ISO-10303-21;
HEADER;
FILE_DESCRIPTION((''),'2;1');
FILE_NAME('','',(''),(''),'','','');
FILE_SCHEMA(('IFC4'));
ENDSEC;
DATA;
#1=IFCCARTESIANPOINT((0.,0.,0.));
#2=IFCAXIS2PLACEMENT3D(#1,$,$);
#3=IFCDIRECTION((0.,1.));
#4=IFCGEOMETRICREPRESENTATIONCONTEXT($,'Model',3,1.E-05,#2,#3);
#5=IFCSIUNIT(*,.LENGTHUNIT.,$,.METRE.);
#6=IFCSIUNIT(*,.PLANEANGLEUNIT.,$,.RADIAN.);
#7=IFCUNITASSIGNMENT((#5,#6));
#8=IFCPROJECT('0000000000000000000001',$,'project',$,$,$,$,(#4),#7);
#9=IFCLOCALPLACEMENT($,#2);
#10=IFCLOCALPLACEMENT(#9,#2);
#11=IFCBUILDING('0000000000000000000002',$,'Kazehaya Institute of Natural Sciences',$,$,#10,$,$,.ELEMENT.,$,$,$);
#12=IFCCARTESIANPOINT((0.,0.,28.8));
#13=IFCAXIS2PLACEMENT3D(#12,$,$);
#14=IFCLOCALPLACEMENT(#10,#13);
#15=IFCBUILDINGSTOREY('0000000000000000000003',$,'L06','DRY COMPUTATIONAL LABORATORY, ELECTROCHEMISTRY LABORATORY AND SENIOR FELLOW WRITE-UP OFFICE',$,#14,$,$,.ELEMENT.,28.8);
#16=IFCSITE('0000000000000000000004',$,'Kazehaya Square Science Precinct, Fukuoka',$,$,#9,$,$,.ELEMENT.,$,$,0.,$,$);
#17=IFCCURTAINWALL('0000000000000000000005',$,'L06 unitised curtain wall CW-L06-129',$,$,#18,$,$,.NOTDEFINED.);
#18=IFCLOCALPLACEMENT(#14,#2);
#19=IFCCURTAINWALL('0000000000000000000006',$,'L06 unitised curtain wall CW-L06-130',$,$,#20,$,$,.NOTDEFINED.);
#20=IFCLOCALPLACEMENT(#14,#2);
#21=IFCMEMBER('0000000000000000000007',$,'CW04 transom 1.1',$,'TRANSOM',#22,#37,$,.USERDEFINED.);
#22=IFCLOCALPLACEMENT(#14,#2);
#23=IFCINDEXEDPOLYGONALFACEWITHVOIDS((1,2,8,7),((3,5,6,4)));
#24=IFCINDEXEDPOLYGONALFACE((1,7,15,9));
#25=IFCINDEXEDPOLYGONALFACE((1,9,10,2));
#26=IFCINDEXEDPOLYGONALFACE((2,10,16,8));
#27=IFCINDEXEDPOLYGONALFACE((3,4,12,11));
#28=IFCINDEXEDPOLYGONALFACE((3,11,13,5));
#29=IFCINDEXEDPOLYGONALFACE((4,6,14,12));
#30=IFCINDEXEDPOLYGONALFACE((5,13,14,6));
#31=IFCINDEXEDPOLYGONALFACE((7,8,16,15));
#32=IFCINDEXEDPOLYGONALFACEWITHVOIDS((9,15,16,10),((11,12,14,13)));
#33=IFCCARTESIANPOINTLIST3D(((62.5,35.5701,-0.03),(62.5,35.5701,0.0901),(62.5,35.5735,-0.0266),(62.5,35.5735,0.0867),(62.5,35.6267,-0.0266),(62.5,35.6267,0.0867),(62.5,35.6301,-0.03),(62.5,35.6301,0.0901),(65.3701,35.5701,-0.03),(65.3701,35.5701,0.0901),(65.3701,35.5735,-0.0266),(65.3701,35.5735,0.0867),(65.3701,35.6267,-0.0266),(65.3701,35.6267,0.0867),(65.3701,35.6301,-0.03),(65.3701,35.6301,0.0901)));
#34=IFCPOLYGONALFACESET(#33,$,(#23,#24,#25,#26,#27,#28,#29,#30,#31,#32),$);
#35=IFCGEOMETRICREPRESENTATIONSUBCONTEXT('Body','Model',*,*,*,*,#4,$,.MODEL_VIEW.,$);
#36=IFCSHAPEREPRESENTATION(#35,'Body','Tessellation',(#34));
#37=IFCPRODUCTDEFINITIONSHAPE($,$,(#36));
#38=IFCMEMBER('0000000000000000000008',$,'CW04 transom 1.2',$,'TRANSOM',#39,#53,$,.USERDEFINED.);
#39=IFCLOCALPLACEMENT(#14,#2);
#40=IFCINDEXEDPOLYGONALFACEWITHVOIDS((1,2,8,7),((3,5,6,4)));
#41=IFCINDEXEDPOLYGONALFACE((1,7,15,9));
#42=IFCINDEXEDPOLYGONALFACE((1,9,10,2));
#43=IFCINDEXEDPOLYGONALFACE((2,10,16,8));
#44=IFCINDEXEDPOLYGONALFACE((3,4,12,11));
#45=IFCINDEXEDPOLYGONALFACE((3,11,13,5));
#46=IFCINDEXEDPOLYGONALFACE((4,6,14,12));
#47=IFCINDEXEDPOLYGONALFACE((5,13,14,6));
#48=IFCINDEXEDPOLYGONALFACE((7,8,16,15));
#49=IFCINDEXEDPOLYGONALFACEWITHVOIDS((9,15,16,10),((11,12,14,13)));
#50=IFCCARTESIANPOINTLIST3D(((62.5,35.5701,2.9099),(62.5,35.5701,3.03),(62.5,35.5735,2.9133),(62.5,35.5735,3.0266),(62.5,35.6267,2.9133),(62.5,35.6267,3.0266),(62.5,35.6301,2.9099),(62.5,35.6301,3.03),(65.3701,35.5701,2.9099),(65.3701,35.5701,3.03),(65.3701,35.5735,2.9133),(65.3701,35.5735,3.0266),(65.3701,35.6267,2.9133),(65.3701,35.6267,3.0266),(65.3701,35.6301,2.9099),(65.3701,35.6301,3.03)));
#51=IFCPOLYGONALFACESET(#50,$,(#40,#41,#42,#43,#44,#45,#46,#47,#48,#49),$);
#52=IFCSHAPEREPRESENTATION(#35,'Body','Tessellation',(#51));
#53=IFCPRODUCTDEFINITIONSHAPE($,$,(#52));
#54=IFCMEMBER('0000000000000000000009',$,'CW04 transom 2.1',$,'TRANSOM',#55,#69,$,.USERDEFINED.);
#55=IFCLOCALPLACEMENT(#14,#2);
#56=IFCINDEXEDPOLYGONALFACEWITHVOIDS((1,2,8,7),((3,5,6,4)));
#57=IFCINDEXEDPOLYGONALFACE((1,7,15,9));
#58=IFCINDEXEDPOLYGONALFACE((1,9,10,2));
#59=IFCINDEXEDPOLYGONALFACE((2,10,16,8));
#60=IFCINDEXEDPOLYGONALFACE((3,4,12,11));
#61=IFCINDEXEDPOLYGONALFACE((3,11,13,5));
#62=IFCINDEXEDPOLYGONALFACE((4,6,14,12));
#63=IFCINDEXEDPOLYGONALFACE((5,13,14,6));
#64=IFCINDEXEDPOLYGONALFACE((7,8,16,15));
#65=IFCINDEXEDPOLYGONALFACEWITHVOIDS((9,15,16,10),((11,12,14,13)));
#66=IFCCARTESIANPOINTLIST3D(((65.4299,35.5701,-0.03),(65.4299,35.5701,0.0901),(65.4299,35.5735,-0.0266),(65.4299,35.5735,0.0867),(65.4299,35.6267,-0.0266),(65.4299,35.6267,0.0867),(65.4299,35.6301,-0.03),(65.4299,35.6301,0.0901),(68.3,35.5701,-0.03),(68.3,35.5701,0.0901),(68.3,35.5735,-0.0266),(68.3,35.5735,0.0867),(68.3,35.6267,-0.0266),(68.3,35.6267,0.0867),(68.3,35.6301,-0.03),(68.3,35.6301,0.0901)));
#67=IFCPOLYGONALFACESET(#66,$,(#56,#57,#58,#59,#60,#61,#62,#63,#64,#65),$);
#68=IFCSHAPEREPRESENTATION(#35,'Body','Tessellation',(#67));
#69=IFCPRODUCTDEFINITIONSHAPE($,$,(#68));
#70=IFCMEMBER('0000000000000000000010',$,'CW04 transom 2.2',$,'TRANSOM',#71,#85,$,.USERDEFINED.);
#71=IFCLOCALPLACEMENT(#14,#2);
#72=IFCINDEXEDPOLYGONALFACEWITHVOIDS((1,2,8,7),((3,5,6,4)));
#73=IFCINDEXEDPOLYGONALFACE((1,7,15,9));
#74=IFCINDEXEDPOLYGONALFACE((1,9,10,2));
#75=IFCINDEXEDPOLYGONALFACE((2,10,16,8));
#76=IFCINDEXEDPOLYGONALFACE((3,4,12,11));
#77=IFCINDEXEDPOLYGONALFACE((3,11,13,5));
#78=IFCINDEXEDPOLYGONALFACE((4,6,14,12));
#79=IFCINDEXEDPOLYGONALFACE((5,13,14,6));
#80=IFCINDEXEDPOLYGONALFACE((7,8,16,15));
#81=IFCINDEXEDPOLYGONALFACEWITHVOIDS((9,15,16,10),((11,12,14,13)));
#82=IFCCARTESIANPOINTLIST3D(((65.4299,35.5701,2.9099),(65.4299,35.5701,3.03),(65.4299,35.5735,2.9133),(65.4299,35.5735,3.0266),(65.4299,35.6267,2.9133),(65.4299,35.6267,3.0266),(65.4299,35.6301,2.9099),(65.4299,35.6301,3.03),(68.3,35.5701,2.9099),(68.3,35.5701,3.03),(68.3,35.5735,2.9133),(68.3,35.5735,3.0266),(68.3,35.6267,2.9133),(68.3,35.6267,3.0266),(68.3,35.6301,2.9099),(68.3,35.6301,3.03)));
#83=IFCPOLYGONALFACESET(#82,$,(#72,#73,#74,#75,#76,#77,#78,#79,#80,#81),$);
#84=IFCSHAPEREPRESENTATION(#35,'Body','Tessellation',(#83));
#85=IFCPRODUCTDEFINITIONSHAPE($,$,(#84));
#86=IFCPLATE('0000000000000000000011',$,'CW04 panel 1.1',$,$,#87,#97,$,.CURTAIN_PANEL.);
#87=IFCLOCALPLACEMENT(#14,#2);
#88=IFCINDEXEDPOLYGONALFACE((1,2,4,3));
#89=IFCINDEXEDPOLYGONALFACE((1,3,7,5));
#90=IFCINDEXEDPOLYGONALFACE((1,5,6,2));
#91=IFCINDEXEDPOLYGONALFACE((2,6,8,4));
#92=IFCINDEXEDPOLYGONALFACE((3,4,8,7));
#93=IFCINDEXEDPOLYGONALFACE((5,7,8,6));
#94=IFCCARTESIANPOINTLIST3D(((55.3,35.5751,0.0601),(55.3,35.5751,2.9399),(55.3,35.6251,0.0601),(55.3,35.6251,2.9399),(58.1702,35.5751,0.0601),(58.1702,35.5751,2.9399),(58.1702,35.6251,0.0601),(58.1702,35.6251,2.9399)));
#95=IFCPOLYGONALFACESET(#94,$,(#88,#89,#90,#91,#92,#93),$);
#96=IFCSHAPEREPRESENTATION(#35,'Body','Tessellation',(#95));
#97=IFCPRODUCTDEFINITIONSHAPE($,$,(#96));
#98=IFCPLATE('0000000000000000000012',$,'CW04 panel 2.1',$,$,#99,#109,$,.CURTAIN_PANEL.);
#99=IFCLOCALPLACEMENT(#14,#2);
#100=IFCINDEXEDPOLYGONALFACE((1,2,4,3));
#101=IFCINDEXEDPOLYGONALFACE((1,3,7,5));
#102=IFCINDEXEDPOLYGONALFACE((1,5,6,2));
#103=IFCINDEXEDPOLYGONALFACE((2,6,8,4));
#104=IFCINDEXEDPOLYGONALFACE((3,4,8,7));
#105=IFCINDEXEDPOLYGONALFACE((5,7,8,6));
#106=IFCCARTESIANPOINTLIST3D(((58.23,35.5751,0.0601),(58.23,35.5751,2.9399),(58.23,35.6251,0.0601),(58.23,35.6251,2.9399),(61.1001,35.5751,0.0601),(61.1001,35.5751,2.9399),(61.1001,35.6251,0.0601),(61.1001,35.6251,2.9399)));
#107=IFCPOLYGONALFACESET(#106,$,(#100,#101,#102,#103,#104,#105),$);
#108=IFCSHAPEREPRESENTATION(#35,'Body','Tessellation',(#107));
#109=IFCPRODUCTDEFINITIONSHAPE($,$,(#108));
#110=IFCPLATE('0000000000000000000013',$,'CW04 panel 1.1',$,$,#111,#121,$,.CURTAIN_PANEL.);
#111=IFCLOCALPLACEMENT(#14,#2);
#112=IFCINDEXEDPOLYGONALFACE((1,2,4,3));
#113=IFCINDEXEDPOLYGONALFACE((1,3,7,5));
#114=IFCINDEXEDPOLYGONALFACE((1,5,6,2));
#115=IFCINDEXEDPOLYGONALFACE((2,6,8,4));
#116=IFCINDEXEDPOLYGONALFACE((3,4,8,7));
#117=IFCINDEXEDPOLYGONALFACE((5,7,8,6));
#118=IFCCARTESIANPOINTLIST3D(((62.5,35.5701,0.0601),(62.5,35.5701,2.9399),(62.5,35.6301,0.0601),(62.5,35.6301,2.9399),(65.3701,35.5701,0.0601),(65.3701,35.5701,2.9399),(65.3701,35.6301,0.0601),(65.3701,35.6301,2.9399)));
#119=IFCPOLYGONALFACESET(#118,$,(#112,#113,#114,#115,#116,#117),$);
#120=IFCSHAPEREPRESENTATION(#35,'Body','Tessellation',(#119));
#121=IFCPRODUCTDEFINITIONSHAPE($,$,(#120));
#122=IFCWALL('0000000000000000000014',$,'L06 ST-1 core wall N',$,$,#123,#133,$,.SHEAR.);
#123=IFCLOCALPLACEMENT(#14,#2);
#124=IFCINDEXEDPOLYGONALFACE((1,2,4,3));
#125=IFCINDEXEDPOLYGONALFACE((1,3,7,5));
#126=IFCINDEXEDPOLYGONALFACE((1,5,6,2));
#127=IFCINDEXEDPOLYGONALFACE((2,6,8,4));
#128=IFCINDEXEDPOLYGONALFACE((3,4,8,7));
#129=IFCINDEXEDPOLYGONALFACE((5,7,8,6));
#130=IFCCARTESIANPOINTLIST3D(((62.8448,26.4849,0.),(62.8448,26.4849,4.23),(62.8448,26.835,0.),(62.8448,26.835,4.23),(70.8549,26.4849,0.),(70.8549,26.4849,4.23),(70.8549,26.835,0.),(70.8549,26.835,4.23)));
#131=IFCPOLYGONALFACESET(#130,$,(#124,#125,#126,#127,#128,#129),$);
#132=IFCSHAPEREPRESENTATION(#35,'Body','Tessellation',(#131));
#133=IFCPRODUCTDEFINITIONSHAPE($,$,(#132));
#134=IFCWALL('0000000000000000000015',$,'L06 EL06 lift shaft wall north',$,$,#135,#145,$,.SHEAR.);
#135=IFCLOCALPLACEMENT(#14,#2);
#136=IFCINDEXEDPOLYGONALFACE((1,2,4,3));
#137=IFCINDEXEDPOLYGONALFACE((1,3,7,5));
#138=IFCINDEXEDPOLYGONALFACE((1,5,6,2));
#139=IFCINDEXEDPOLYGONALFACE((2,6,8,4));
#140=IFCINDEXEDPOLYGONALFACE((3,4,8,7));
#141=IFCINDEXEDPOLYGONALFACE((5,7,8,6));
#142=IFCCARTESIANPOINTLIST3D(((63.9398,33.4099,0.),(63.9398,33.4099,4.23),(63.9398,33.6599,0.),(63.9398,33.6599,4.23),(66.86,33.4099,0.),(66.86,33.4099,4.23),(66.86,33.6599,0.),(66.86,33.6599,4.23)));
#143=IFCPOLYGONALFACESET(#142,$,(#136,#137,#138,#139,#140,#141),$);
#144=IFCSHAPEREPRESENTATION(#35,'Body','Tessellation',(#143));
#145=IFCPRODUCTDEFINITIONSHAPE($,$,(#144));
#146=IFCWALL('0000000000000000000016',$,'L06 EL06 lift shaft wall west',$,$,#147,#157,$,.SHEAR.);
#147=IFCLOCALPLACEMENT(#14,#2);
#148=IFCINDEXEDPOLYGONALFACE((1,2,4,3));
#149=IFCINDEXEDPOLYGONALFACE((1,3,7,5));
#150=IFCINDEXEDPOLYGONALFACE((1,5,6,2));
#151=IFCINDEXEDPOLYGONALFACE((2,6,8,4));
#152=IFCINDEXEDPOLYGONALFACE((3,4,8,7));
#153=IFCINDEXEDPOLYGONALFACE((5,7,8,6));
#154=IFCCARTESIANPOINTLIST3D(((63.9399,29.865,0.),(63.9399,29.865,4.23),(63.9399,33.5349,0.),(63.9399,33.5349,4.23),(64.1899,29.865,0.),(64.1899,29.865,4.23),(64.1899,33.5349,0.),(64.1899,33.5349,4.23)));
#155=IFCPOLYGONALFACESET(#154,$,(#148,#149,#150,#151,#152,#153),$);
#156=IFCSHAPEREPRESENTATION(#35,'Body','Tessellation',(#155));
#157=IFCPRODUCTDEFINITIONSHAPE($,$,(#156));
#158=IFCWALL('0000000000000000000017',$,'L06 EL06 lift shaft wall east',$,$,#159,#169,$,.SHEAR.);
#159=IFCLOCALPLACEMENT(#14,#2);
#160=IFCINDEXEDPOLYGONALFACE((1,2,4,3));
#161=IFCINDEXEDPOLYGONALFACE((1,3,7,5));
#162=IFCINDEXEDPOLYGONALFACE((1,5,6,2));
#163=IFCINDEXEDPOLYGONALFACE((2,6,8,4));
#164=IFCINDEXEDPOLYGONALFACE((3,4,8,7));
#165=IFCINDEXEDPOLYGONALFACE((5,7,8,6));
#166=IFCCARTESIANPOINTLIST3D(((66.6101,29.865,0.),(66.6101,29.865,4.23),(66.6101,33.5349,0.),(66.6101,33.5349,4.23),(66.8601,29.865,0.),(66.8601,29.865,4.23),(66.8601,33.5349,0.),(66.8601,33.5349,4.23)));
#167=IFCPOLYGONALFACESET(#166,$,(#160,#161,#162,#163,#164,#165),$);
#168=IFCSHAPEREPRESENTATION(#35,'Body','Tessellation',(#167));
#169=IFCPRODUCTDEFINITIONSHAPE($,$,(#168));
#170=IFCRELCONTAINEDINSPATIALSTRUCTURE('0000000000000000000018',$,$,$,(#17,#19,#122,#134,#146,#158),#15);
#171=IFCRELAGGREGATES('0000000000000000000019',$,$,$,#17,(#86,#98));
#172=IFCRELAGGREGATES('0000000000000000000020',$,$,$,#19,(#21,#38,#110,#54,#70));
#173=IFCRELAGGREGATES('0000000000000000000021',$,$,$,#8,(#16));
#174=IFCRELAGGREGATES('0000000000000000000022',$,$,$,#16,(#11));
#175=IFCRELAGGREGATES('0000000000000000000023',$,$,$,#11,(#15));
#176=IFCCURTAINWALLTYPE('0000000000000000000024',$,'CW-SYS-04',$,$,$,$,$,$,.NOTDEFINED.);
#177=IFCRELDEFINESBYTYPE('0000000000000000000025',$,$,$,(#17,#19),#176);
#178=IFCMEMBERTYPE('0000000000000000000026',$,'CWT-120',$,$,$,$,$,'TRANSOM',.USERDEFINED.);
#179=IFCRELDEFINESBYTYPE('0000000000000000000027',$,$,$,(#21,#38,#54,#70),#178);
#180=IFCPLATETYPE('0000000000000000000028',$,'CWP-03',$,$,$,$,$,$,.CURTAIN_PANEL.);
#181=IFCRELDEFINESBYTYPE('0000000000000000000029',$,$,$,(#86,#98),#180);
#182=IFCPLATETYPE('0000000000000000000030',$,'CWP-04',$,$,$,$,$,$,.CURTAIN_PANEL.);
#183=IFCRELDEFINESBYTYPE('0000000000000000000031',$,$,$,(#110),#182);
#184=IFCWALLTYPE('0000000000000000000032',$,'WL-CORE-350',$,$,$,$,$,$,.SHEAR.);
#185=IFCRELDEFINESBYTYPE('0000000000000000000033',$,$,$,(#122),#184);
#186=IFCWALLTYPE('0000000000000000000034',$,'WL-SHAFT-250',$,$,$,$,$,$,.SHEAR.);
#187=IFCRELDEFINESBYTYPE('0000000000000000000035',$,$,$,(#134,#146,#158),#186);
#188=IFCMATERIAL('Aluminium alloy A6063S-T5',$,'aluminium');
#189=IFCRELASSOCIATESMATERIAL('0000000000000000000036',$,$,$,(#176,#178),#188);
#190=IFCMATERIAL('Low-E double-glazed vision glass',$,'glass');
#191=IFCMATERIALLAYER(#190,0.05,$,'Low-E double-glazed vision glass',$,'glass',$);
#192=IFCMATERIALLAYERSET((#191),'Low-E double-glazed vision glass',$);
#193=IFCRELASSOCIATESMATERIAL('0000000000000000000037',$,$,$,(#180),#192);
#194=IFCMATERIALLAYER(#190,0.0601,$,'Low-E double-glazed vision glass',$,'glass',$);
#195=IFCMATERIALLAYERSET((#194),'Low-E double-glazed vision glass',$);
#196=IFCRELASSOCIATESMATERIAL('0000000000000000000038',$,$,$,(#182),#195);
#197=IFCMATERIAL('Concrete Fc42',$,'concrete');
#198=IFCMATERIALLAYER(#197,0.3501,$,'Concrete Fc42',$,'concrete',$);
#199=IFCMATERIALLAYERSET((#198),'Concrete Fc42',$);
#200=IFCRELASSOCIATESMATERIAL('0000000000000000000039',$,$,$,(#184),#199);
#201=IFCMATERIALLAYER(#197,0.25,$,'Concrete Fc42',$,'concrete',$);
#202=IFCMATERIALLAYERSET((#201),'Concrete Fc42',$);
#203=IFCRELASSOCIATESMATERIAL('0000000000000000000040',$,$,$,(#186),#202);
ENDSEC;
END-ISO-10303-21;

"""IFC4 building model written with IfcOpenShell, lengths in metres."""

from ifc_helpers import new_model, si_unit, direction, frame, frame_2d, origin, origin_2d, place, context, subcontext, project, spatial, rectangle, hollow_rectangle, extrude, material, layer, layer_set, material_profile, profile_set, type_object, element, aggregate, save


model = new_model("IFC4")

# Units and contexts
model_context = context("Model", 3, precision=1e-05, world=origin(), true_north=direction((0.0, 1.0)))
body_context = subcontext(model_context, "Body", "Model", "MODEL_VIEW")
ifc_project = project(units=[si_unit("LENGTHUNIT", "METRE"), si_unit("PLANEANGLEUNIT", "RADIAN")], contexts=[model_context])

# Site, building, storey
site_placement = place(None, origin())
site = spatial("IfcSite", under=ifc_project, at=site_placement, Name="Kazehaya Square Science Precinct, Fukuoka", CompositionType="ELEMENT", RefElevation=0.0)
building_placement = place(site_placement, origin())
building = spatial("IfcBuilding", under=site, at=building_placement, Name="Kazehaya Institute of Natural Sciences", CompositionType="ELEMENT")
storey_placement = place(building_placement, frame((0.0, 0.0, 28.8)))
storey = spatial("IfcBuildingStorey", under=building, at=storey_placement, Name="L06", Description="DRY COMPUTATIONAL LABORATORY, ELECTROCHEMISTRY LABORATORY AND SENIOR FELLOW WRITE-UP OFFICE", CompositionType="ELEMENT", Elevation=28.8)

# Curtain walls
ifc_material_1 = material(Name="Aluminium alloy A6063S-T5", Category="aluminium")
curtain_wall_type = type_object("IfcCurtainWallType", Name="CW-SYS-04", PredefinedType="NOTDEFINED", material=ifc_material_1)
curtain_wall_1_placement = place(storey_placement, origin())
curtain_wall_1 = element("IfcCurtainWall", 1, at=curtain_wall_1_placement, inside=storey, type_object=curtain_wall_type, Name="L06 unitised curtain wall CW-L06-129", PredefinedType="NOTDEFINED")
curtain_wall_2_placement = place(storey_placement, origin())
curtain_wall_2 = element("IfcCurtainWall", 2, at=curtain_wall_2_placement, inside=storey, type_object=curtain_wall_type, Name="L06 unitised curtain wall CW-L06-130", PredefinedType="NOTDEFINED")

# Members
ifc_material_profile_1 = material_profile(ifc_material_1, hollow_rectangle(XDim=0.0601, YDim=0.1201, WallThickness=0.0034, at=origin_2d()), Name="ALU-60x120x3.5")
ifc_profile_set_1 = profile_set([ifc_material_profile_1], Name="Aluminium alloy A6063S-T5")
member_type_1 = type_object("IfcMemberType", Name="CWT-120", ElementType="TRANSOM", PredefinedType="USERDEFINED", material=ifc_profile_set_1)
member_1_placement = place(storey_placement, frame((62.5, 35.6001, 0.03), z_axis=(1.0, 0.0, 0.0), x_axis=(0.0, 1.0, 0.0)))
member_1 = element("IfcMember", 3, at=member_1_placement, type_object=member_type_1, Name="CW04 transom 1.1", ObjectType="TRANSOM", PredefinedType="USERDEFINED", context=body_context, shape_type="SweptSolid", body=[
    extrude(hollow_rectangle(XDim=0.0601, YDim=0.1201, WallThickness=0.0034, at=origin_2d()), origin(), (0.0, 0.0, 1.0), 2.8701),
])
member_2_placement = place(storey_placement, frame((62.5, 35.6001, 2.97), z_axis=(1.0, 0.0, 0.0), x_axis=(0.0, 1.0, 0.0)))
member_2 = element("IfcMember", 4, at=member_2_placement, type_object=member_type_1, Name="CW04 transom 1.2", ObjectType="TRANSOM", PredefinedType="USERDEFINED", context=body_context, shape_type="SweptSolid", body=[
    extrude(hollow_rectangle(XDim=0.0601, YDim=0.1201, WallThickness=0.0034, at=origin_2d()), origin(), (0.0, 0.0, 1.0), 2.8701),
])
member_3_placement = place(storey_placement, frame((65.4299, 35.6001, 0.03), z_axis=(1.0, 0.0, 0.0), x_axis=(0.0, 1.0, 0.0)))
member_3 = element("IfcMember", 5, at=member_3_placement, type_object=member_type_1, Name="CW04 transom 2.1", ObjectType="TRANSOM", PredefinedType="USERDEFINED", context=body_context, shape_type="SweptSolid", body=[
    extrude(hollow_rectangle(XDim=0.0601, YDim=0.1201, WallThickness=0.0034, at=origin_2d()), origin(), (0.0, 0.0, 1.0), 2.8701),
])
member_4_placement = place(storey_placement, frame((65.4299, 35.6001, 2.97), z_axis=(1.0, 0.0, 0.0), x_axis=(0.0, 1.0, 0.0)))
member_4 = element("IfcMember", 6, at=member_4_placement, type_object=member_type_1, Name="CW04 transom 2.2", ObjectType="TRANSOM", PredefinedType="USERDEFINED", context=body_context, shape_type="SweptSolid", body=[
    extrude(hollow_rectangle(XDim=0.0601, YDim=0.1201, WallThickness=0.0034, at=origin_2d()), origin(), (0.0, 0.0, 1.0), 2.8701),
])

# Plates
ifc_material_2 = material(Name="Low-E double-glazed vision glass", Category="glass")
ifc_layer_1 = layer(ifc_material_2, 0.05, Name="Low-E double-glazed vision glass", Category="glass")
ifc_layer_set_1 = layer_set([ifc_layer_1], Name="Low-E double-glazed vision glass")
plate_type_1 = type_object("IfcPlateType", Name="CWP-03", PredefinedType="CURTAIN_PANEL", material=ifc_layer_set_1)
plate_1_placement = place(storey_placement, frame((56.7351, 35.6001, 0.0601), z_axis=(0.0, 0.0, 1.0), x_axis=(1.0, 0.0, 0.0)))
plate_1 = element("IfcPlate", 7, at=plate_1_placement, type_object=plate_type_1, Name="CW04 panel 1.1", PredefinedType="CURTAIN_PANEL", context=body_context, shape_type="SweptSolid", body=[
    extrude(rectangle(XDim=2.8701, YDim=0.05, at=origin_2d()), origin(), (0.0, 0.0, 1.0), 2.8799),
])
plate_2_placement = place(storey_placement, frame((59.665, 35.6001, 0.0601), z_axis=(0.0, 0.0, 1.0), x_axis=(1.0, 0.0, 0.0)))
plate_2 = element("IfcPlate", 8, at=plate_2_placement, type_object=plate_type_1, Name="CW04 panel 2.1", PredefinedType="CURTAIN_PANEL", context=body_context, shape_type="SweptSolid", body=[
    extrude(rectangle(XDim=2.8701, YDim=0.05, at=origin_2d()), origin(), (0.0, 0.0, 1.0), 2.8799),
])
aggregate(curtain_wall_1, [plate_1, plate_2])
ifc_layer_2 = layer(ifc_material_2, 0.0601, Name="Low-E double-glazed vision glass", Category="glass")
ifc_layer_set_2 = layer_set([ifc_layer_2], Name="Low-E double-glazed vision glass")
plate_type_2 = type_object("IfcPlateType", Name="CWP-04", PredefinedType="CURTAIN_PANEL", material=ifc_layer_set_2)
plate_3_placement = place(storey_placement, frame((63.9351, 35.6001, 0.0601), z_axis=(0.0, 0.0, 1.0), x_axis=(1.0, 0.0, 0.0)))
plate_3 = element("IfcPlate", 9, at=plate_3_placement, type_object=plate_type_2, Name="CW04 panel 1.1", PredefinedType="CURTAIN_PANEL", context=body_context, shape_type="SweptSolid", body=[
    extrude(rectangle(XDim=2.8701, YDim=0.0601, at=origin_2d()), origin(), (0.0, 0.0, 1.0), 2.8799),
])
aggregate(curtain_wall_2, [member_1, member_2, plate_3, member_3, member_4])

# Wall
ifc_material_3 = material(Name="Concrete Fc42", Category="concrete")
ifc_layer_3 = layer(ifc_material_3, 0.3501, Name="Concrete Fc42", Category="concrete")
ifc_layer_set_3 = layer_set([ifc_layer_3], Name="Concrete Fc42")
wall_type_1 = type_object("IfcWallType", Name="WL-CORE-350", PredefinedType="SHEAR", material=ifc_layer_set_3)
wall_1_placement = place(storey_placement, frame((62.845, 26.6599, 0.0), z_axis=(0.0, 0.0, 1.0), x_axis=(1.0, 0.0, 0.0)))
element("IfcWall", 10, at=wall_1_placement, inside=storey, type_object=wall_type_1, Name="L06 ST-1 core wall N", PredefinedType="SHEAR", context=body_context, shape_type="SweptSolid", body=[
    extrude(rectangle(XDim=8.01, YDim=0.3501, at=frame_2d((4.0049, 0.0))), origin(), (0.0, 0.0, 1.0), 4.23),
])

# Shared definitions
ifc_layer_4 = layer(ifc_material_3, 0.25, Name="Concrete Fc42", Category="concrete")
ifc_layer_set_4 = layer_set([ifc_layer_4], Name="Concrete Fc42")
wall_type_2 = type_object("IfcWallType", Name="WL-SHAFT-250", PredefinedType="SHEAR", material=ifc_layer_set_4)

# Walls
wall_2_placement = place(storey_placement, frame((63.9399, 33.5349, 0.0), z_axis=(0.0, 0.0, 1.0), x_axis=(1.0, 0.0, 0.0)))
element("IfcWall", 11, at=wall_2_placement, inside=storey, type_object=wall_type_2, Name="L06 EL06 lift shaft wall north", PredefinedType="SHEAR", context=body_context, shape_type="SweptSolid", body=[
    extrude(rectangle(XDim=2.9202, YDim=0.25, at=frame_2d((1.46, 0.0))), origin(), (0.0, 0.0, 1.0), 4.23),
])
for number, where, z_axis, x_axis, name in (
    (12, (64.0649, 29.865, 0.0), (0.0, 0.0, 1.0), (0.0, 1.0, 0.0), "L06 EL06 lift shaft wall west"),
    (13, (66.7351, 33.5349, 0.0), (0.0, 0.0, 1.0), (0.0, -1.0, 0.0), "L06 EL06 lift shaft wall east"),
):
    element("IfcWall", number, at=place(storey_placement, frame(where, z_axis=z_axis, x_axis=x_axis)), inside=storey, type_object=wall_type_2, Name=name, PredefinedType="SHEAR", context=body_context, shape_type="SweptSolid", body=[
        extrude(rectangle(XDim=3.6699, YDim=0.25, at=frame_2d((1.835, 0.0))), origin(), (0.0, 0.0, 1.0), 4.23),
    ])

save(model, "model.ifc")
